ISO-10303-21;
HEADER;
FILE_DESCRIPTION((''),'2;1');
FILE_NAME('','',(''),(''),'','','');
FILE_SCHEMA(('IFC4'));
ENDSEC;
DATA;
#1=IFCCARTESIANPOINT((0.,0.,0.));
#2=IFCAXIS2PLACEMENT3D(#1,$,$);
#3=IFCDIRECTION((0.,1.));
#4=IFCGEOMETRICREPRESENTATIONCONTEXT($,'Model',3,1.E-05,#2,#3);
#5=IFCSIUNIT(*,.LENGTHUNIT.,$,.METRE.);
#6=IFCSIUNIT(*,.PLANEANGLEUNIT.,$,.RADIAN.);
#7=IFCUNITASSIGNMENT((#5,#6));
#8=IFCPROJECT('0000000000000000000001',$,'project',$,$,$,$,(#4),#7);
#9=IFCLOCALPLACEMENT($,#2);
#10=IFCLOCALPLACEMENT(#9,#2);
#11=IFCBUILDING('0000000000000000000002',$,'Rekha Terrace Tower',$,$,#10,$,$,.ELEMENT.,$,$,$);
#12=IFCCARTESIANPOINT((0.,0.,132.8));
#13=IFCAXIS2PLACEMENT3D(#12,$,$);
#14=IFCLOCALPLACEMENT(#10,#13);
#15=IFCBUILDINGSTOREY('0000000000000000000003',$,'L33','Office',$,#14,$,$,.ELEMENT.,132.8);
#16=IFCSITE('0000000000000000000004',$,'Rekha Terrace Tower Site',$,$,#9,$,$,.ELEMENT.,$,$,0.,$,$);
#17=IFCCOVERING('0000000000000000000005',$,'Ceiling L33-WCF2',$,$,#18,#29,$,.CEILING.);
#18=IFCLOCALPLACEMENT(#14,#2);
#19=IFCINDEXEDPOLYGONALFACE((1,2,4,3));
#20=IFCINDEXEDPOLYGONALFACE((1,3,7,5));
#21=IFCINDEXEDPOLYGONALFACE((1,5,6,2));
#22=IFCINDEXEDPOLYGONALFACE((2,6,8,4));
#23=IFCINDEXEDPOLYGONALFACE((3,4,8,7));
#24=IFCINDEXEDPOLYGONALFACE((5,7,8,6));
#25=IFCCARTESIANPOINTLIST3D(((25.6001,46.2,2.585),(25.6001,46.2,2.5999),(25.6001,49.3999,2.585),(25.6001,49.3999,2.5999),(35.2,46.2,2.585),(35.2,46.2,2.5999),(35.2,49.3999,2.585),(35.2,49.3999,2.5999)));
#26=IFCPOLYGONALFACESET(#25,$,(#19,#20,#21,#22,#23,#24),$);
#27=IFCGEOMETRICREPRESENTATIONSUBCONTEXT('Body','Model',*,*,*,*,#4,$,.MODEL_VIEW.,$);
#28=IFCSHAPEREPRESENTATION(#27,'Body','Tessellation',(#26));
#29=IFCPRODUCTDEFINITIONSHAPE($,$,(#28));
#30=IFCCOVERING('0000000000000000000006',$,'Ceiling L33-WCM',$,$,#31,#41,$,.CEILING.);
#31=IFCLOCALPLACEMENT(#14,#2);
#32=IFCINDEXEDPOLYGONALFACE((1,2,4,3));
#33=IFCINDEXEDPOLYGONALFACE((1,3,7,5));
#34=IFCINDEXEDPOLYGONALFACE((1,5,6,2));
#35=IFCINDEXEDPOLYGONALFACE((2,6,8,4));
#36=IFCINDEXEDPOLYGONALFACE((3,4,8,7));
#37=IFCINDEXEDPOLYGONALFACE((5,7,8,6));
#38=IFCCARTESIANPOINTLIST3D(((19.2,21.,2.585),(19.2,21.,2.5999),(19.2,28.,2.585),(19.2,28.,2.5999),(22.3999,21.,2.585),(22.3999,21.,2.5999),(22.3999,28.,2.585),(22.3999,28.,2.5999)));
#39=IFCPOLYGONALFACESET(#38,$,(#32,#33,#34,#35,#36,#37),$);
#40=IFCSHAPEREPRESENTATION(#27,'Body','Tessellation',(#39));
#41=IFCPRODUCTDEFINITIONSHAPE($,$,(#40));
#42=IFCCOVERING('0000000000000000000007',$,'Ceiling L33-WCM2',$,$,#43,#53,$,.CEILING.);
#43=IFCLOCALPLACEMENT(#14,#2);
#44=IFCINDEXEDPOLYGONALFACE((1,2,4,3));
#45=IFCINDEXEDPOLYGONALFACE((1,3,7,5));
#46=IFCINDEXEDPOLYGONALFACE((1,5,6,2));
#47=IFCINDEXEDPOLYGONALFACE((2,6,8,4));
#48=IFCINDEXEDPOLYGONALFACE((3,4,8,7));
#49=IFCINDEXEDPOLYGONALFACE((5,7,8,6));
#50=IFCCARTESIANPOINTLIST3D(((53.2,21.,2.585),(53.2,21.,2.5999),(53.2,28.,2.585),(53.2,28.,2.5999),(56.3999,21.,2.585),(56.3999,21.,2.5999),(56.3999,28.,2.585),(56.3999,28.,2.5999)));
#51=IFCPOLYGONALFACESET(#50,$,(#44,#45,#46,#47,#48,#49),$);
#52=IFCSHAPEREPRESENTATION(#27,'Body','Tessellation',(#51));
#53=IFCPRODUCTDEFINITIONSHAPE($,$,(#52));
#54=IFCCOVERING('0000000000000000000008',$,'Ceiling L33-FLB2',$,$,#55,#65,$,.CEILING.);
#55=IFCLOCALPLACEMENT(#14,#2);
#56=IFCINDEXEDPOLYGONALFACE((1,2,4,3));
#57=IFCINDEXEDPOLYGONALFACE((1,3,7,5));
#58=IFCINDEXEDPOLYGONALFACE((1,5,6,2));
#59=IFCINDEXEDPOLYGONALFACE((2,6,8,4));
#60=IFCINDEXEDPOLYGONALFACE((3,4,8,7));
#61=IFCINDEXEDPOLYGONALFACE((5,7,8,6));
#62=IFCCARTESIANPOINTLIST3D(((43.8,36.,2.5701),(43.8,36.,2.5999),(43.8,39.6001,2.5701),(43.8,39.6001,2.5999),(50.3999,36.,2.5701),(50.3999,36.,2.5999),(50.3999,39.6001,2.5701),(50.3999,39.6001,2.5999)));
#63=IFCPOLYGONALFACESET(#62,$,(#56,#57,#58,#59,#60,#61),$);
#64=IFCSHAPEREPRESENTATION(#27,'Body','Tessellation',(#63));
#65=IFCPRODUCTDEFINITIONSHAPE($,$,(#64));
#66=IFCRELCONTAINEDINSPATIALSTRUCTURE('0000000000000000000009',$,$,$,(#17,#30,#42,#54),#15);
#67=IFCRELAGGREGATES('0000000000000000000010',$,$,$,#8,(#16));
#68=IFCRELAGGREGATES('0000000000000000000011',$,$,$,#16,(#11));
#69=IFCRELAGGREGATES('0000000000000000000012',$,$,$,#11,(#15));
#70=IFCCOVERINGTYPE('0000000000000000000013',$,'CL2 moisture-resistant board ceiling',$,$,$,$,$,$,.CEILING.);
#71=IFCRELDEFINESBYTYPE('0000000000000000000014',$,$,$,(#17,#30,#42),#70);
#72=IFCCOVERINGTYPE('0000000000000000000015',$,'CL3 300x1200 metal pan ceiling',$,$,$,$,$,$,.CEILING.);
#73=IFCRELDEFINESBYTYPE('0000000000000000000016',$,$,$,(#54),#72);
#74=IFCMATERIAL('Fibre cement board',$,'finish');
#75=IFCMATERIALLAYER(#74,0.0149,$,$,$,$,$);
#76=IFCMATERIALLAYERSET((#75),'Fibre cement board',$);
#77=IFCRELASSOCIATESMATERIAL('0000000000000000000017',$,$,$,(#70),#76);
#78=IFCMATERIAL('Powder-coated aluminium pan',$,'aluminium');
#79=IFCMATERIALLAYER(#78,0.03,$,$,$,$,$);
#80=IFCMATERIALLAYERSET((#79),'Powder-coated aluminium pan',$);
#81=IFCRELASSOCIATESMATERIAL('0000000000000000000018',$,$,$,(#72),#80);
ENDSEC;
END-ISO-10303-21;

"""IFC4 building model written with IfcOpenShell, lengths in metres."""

from ifc_helpers import new_model, si_unit, direction, frame, origin, place, context, subcontext, project, spatial, polyline, outline, extrude, material, layer, layer_set, type_object, element, save


model = new_model("IFC4")

# Units and contexts
model_context = context("Model", 3, precision=1e-05, world=origin(), true_north=direction((0.0, 1.0)))
body_context = subcontext(model_context, "Body", "Model", "MODEL_VIEW")
ifc_project = project(units=[si_unit("LENGTHUNIT", "METRE"), si_unit("PLANEANGLEUNIT", "RADIAN")], contexts=[model_context])

# Site, building, storey
site_placement = place(None, origin())
site = spatial("IfcSite", under=ifc_project, at=site_placement, Name="Rekha Terrace Tower Site", CompositionType="ELEMENT", RefElevation=0.0)
building_placement = place(site_placement, origin())
building = spatial("IfcBuilding", under=site, at=building_placement, Name="Rekha Terrace Tower", CompositionType="ELEMENT")
storey_placement = place(building_placement, frame((0.0, 0.0, 132.8)))
storey = spatial("IfcBuildingStorey", under=building, at=storey_placement, Name="L33", Description="Office", CompositionType="ELEMENT", Elevation=132.8)

# Coverings
ifc_material_1 = material(Name="Fibre cement board", Category="finish")
ifc_layer_1 = layer(ifc_material_1, 0.0149)
ifc_layer_set_1 = layer_set([ifc_layer_1], Name="Fibre cement board")
covering_type_1 = type_object("IfcCoveringType", Name="CL2 moisture-resistant board ceiling", PredefinedType="CEILING", material=ifc_layer_set_1)
covering_1_placement = place(storey_placement, frame((0.0, 0.0, 2.585)))
element("IfcCovering", 1, at=covering_1_placement, inside=storey, type_object=covering_type_1, Name="Ceiling L33-WCF2", PredefinedType="CEILING", context=body_context, shape_type="SweptSolid", body=[
    extrude(outline(polyline([(35.2, 49.3999), (25.6001, 49.3999), (25.6001, 46.2), (35.2, 46.2), (35.2, 49.3999)])), origin(), (0.0, 0.0, 1.0), 0.0149),
])
covering_2_placement = place(storey_placement, frame((0.0, 0.0, 2.585)))
element("IfcCovering", 2, at=covering_2_placement, inside=storey, type_object=covering_type_1, Name="Ceiling L33-WCM", PredefinedType="CEILING", context=body_context, shape_type="SweptSolid", body=[
    extrude(outline(polyline([(22.3999, 28.0), (19.2, 28.0), (19.2, 21.0), (22.3999, 21.0), (22.3999, 28.0)])), origin(), (0.0, 0.0, 1.0), 0.0149),
])
covering_3_placement = place(storey_placement, frame((0.0, 0.0, 2.585)))
element("IfcCovering", 3, at=covering_3_placement, inside=storey, type_object=covering_type_1, Name="Ceiling L33-WCM2", PredefinedType="CEILING", context=body_context, shape_type="SweptSolid", body=[
    extrude(outline(polyline([(56.3999, 28.0), (53.2, 28.0), (53.2, 21.0), (56.3999, 21.0), (56.3999, 28.0)])), origin(), (0.0, 0.0, 1.0), 0.0149),
])
ifc_material_2 = material(Name="Powder-coated aluminium pan", Category="aluminium")
ifc_layer_2 = layer(ifc_material_2, 0.03)
ifc_layer_set_2 = layer_set([ifc_layer_2], Name="Powder-coated aluminium pan")
covering_type_2 = type_object("IfcCoveringType", Name="CL3 300x1200 metal pan ceiling", PredefinedType="CEILING", material=ifc_layer_set_2)
covering_4_placement = place(storey_placement, frame((0.0, 0.0, 2.5701)))
element("IfcCovering", 4, at=covering_4_placement, inside=storey, type_object=covering_type_2, Name="Ceiling L33-FLB2", PredefinedType="CEILING", context=body_context, shape_type="SweptSolid", body=[
    extrude(outline(polyline([(50.3999, 39.6001), (43.8, 39.6001), (43.8, 36.0), (50.3999, 36.0), (50.3999, 39.6001)])), origin(), (0.0, 0.0, 1.0), 0.0298),
])

save(model, "model.ifc")
